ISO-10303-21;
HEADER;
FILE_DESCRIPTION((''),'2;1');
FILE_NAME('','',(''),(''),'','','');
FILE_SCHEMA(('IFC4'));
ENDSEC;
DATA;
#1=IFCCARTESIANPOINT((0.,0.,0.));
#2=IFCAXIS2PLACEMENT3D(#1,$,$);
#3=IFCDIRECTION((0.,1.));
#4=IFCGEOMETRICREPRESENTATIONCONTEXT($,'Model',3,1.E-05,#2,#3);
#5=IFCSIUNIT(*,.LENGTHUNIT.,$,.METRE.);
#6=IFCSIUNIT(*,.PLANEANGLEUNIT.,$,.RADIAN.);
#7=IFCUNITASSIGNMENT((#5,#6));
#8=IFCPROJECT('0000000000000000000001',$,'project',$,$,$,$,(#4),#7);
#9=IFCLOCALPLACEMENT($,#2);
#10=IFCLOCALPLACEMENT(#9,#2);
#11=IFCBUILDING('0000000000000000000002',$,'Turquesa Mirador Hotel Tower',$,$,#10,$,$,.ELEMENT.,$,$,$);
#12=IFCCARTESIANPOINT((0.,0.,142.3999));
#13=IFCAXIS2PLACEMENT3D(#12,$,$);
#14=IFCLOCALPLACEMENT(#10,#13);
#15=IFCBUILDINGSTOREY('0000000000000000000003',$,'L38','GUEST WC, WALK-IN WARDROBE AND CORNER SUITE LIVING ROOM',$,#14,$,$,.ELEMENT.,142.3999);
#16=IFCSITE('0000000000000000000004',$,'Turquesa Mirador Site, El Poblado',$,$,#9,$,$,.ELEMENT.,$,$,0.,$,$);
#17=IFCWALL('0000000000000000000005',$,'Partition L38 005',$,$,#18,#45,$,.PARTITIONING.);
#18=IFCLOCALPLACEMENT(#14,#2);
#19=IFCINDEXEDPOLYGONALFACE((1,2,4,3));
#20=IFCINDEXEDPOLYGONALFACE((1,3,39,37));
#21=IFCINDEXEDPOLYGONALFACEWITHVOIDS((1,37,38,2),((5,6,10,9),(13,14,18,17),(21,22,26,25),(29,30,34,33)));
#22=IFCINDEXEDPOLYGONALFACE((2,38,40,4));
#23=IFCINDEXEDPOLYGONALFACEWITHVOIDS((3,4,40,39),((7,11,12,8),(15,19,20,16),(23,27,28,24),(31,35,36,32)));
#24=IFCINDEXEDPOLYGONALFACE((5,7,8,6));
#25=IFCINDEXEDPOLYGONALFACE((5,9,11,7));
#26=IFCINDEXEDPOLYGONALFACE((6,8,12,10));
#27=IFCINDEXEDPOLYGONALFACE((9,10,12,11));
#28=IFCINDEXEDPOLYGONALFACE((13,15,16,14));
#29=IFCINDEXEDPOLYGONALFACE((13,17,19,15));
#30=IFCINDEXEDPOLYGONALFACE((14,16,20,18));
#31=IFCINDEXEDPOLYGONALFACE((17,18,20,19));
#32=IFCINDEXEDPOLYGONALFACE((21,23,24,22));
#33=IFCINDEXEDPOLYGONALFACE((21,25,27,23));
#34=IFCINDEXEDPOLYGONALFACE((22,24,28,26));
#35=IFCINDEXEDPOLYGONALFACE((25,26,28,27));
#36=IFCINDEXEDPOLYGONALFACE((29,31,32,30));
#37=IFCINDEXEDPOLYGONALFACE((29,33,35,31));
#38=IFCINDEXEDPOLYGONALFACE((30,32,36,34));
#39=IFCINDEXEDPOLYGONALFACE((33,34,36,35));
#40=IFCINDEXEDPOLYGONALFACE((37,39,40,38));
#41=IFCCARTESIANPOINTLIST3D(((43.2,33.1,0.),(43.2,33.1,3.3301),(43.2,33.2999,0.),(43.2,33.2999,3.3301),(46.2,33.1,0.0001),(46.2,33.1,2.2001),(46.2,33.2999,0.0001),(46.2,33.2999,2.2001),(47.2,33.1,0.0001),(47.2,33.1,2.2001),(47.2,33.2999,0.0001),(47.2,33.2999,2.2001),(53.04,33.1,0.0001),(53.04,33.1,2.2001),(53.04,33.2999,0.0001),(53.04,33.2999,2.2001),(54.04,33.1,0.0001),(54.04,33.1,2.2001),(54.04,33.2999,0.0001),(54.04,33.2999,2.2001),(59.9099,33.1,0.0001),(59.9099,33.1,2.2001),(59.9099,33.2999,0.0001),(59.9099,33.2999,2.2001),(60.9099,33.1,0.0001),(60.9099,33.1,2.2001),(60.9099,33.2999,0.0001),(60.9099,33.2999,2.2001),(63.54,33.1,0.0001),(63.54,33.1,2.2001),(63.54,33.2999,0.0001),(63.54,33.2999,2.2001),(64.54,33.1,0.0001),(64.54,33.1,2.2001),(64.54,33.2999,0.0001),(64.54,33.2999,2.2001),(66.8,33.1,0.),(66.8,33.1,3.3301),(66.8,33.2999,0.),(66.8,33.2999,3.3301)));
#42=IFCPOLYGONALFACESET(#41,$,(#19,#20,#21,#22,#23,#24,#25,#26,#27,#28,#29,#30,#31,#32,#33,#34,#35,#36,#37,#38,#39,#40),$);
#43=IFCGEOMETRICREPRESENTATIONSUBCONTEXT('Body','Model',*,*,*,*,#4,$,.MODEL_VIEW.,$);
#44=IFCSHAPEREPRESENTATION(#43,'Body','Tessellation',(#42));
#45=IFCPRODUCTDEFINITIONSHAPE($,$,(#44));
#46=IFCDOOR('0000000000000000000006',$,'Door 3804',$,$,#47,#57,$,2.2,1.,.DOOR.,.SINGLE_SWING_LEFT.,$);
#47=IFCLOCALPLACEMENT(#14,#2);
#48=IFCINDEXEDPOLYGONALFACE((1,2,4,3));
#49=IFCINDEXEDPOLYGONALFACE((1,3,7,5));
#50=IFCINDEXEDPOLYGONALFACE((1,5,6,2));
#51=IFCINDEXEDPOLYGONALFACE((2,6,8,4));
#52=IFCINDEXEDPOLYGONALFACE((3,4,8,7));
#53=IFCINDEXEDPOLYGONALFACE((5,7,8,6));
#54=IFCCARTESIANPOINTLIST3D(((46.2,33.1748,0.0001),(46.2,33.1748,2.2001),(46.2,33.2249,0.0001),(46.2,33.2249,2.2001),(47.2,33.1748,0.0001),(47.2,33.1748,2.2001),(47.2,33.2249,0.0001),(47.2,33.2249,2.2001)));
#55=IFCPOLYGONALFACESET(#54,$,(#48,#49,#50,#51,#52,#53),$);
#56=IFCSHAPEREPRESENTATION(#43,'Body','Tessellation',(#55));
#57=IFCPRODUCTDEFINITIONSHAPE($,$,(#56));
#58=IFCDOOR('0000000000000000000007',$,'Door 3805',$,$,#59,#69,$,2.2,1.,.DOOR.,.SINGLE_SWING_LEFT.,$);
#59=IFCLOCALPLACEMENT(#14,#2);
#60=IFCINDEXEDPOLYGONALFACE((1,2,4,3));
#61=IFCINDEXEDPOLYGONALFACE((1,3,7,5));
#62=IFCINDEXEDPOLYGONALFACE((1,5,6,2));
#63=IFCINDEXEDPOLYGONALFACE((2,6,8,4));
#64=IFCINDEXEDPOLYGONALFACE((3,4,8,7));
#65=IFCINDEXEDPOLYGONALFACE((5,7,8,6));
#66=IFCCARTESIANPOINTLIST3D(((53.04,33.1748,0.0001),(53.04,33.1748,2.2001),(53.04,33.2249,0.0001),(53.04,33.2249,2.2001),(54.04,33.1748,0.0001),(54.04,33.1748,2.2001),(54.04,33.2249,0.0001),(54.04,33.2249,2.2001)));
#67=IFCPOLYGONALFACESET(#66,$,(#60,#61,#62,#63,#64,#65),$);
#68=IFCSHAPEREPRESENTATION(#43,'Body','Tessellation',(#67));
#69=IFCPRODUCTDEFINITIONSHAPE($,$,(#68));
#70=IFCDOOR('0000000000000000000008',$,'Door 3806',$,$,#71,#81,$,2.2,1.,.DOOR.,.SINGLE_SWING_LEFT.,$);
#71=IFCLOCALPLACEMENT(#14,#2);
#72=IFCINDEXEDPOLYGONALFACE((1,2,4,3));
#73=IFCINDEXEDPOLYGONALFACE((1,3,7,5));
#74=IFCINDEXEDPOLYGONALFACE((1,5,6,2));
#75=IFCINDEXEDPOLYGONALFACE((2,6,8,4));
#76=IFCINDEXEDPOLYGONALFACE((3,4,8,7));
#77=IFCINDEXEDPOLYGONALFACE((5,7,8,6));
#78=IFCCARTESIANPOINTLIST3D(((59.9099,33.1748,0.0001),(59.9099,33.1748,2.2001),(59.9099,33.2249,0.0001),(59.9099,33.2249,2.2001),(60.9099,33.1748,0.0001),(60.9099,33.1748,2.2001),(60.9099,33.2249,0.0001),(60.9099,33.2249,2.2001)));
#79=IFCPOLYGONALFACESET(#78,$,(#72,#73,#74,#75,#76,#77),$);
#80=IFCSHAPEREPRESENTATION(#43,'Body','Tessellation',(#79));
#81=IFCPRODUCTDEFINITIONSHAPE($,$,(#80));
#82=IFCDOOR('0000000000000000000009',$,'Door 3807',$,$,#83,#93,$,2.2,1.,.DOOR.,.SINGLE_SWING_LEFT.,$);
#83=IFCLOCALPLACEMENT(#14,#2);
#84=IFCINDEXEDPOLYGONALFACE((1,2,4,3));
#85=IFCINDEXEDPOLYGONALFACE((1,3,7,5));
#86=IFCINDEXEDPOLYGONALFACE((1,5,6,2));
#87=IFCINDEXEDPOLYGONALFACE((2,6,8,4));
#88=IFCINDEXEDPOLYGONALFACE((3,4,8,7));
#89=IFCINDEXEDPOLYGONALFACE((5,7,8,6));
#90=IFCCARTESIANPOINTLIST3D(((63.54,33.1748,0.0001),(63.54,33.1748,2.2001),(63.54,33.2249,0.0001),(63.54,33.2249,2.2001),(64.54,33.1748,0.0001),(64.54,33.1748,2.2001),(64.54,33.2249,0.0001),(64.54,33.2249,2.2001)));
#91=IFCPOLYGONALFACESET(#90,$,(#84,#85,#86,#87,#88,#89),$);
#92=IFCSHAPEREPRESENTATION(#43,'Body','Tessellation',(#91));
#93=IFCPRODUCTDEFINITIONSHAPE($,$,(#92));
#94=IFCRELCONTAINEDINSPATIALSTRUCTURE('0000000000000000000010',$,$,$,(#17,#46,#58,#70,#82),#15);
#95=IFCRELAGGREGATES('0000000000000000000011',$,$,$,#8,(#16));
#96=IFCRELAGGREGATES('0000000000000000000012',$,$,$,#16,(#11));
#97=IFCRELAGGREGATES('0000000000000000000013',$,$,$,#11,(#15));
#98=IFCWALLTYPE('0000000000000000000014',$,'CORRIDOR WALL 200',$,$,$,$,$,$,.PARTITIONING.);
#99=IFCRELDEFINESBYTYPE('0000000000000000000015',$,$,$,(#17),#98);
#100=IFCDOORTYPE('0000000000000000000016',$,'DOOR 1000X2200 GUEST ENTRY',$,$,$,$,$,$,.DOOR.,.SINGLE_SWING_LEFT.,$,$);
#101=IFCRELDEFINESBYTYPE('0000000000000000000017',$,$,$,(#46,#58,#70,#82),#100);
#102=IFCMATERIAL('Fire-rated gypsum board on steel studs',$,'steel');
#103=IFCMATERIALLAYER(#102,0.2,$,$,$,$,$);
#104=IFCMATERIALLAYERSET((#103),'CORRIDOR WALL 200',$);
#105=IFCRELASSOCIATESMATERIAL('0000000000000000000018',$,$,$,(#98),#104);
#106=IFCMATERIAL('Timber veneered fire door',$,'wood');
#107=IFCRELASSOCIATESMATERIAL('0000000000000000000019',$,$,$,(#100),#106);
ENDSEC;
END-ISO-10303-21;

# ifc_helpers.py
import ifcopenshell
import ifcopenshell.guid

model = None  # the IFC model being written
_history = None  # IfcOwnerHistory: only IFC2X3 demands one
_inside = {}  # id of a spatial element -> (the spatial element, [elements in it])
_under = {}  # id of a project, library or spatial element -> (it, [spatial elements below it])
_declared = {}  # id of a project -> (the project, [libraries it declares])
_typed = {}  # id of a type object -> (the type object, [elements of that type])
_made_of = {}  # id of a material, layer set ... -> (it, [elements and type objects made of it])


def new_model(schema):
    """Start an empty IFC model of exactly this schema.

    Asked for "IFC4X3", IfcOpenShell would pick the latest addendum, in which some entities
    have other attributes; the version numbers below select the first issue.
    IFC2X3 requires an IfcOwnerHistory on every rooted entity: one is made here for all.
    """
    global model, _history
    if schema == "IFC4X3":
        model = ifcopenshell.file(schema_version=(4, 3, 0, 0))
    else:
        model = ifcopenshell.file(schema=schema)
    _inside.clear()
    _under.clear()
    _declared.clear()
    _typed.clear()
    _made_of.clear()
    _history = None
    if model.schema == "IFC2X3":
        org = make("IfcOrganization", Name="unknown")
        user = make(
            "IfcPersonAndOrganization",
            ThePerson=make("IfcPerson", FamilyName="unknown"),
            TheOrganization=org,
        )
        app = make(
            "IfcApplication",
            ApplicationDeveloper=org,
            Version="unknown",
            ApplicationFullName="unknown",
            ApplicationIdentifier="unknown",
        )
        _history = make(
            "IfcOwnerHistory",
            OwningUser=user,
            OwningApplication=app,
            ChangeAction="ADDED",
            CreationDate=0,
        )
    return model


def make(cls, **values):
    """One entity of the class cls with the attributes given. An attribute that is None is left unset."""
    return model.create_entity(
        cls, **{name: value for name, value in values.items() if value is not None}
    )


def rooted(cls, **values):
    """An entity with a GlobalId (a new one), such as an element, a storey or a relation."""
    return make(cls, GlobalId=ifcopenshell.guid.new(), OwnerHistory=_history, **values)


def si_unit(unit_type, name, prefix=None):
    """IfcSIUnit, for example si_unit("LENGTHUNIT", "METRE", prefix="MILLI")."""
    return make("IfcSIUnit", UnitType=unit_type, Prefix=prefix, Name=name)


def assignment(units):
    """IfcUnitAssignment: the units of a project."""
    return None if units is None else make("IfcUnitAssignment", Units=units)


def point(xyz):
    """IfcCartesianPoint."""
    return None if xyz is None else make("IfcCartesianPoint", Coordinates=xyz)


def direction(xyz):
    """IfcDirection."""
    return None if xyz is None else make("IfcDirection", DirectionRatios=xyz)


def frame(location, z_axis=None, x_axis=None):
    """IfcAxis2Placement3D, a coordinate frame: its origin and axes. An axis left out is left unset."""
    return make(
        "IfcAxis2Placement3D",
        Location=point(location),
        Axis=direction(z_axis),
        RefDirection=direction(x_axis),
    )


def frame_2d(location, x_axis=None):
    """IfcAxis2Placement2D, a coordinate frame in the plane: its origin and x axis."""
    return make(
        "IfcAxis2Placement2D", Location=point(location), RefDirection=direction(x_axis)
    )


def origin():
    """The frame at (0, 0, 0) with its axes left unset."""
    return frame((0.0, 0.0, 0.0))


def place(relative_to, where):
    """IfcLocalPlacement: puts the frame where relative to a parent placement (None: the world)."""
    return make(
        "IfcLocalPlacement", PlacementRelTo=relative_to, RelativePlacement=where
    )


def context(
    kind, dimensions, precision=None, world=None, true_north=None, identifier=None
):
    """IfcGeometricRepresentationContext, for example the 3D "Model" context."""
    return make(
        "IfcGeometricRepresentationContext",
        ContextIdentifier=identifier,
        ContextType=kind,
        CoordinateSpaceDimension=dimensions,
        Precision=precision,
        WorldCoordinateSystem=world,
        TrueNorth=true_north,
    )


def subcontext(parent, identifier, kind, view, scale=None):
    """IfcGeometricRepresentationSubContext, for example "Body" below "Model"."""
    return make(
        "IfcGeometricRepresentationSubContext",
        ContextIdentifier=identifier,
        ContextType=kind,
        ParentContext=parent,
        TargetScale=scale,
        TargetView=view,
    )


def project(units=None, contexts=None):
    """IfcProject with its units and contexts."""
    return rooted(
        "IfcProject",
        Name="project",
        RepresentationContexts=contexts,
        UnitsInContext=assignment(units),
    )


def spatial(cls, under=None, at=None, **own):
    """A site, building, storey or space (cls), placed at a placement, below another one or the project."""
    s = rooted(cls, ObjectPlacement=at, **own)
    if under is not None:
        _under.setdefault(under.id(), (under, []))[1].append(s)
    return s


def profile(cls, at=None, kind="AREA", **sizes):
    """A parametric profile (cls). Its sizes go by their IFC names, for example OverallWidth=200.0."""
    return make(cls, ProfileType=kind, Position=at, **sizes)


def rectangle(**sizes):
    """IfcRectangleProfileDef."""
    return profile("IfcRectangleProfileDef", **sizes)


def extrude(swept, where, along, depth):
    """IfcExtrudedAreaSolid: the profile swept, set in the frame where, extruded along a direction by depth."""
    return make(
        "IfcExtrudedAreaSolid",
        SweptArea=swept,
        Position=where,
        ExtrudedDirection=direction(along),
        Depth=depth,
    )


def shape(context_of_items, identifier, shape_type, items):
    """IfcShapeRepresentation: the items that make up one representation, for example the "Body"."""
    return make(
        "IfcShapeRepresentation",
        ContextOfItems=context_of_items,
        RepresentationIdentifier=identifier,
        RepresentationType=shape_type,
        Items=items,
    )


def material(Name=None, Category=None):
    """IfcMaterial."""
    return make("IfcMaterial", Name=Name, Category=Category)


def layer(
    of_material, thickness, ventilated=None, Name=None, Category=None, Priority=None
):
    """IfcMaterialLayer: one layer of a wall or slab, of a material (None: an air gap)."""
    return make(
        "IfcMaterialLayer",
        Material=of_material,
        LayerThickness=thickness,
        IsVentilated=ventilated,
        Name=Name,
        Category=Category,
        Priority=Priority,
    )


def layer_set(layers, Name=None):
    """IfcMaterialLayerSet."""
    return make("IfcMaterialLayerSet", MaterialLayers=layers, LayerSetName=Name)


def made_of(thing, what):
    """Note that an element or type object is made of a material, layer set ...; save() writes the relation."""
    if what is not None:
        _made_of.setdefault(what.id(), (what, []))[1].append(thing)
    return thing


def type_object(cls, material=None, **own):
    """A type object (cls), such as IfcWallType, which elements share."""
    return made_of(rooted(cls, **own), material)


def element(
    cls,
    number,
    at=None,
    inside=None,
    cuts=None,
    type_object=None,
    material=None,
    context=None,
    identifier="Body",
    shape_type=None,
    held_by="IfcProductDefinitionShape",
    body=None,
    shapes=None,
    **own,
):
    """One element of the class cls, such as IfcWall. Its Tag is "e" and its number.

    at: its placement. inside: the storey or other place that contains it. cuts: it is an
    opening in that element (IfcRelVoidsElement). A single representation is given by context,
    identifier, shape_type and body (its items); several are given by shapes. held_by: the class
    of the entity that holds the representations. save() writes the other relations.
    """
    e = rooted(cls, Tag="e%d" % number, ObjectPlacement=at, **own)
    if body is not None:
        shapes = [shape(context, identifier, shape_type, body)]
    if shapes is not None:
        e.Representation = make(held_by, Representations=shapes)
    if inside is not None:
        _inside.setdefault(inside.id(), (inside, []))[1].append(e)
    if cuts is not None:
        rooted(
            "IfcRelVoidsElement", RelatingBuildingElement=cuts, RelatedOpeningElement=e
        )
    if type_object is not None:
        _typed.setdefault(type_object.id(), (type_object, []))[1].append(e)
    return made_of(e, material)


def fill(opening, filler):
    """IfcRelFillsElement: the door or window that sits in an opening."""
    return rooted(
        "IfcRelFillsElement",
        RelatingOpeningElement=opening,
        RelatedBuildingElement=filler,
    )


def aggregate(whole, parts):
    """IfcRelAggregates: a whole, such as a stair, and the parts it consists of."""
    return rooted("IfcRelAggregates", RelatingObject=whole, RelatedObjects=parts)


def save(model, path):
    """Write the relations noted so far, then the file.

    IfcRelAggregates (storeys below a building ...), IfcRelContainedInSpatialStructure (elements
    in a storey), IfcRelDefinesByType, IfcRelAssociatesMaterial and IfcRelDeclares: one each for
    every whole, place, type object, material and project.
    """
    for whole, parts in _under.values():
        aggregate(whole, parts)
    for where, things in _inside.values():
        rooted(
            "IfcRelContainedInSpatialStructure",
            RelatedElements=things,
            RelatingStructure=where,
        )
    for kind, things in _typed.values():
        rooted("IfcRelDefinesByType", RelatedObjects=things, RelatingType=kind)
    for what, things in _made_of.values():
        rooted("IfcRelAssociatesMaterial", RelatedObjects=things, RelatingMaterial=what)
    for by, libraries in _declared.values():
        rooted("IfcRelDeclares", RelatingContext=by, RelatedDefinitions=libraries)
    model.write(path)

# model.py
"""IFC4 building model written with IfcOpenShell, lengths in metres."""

from ifc_helpers import new_model, si_unit, direction, frame, frame_2d, origin, place, context, subcontext, project, spatial, rectangle, extrude, material, layer, layer_set, type_object, element, fill, save


model = new_model("IFC4")

# Units and contexts
model_context = context("Model", 3, precision=1e-05, world=origin(), true_north=direction((0.0, 1.0)))
body_context = subcontext(model_context, "Body", "Model", "MODEL_VIEW")
ifc_project = project(units=[si_unit("LENGTHUNIT", "METRE"), si_unit("PLANEANGLEUNIT", "RADIAN")], contexts=[model_context])

# Site, building, storey
site_placement = place(None, origin())
site = spatial("IfcSite", under=ifc_project, at=site_placement, Name="Turquesa Mirador Site, El Poblado", CompositionType="ELEMENT", RefElevation=0.0)
building_placement = place(site_placement, origin())
building = spatial("IfcBuilding", under=site, at=building_placement, Name="Turquesa Mirador Hotel Tower", CompositionType="ELEMENT")
storey_placement = place(building_placement, frame((0.0, 0.0, 142.3999)))
storey = spatial("IfcBuildingStorey", under=building, at=storey_placement, Name="L38", Description="GUEST WC, WALK-IN WARDROBE AND CORNER SUITE LIVING ROOM", CompositionType="ELEMENT", Elevation=142.3999)

# Wall, openings, doors
ifc_material_1 = material(Name="Fire-rated gypsum board on steel studs", Category="steel")
ifc_layer_1 = layer(ifc_material_1, 0.2)
ifc_layer_set_1 = layer_set([ifc_layer_1], Name="CORRIDOR WALL 200")
wall_type_1 = type_object("IfcWallType", Name="CORRIDOR WALL 200", PredefinedType="PARTITIONING", material=ifc_layer_set_1)
wall_1_placement = place(storey_placement, frame((43.2, 33.2, 0.0), z_axis=(0.0, 0.0, 1.0), x_axis=(1.0, 0.0, 0.0)))
wall_1 = element("IfcWall", 1, at=wall_1_placement, inside=storey, type_object=wall_type_1, Name="Partition L38 005", PredefinedType="PARTITIONING", context=body_context, shape_type="SweptSolid", body=[
    extrude(rectangle(XDim=23.6001, YDim=0.2, at=frame_2d((11.8, 0.0))), origin(), (0.0, 0.0, 1.0), 3.3301),
])
opening_1_placement = place(wall_1_placement, frame((3.0, 0.0, 0.0)))
opening_1 = element("IfcOpeningElement", 2, at=opening_1_placement, cuts=wall_1, PredefinedType="OPENING", context=body_context, shape_type="SweptSolid", body=[
    extrude(rectangle(XDim=1.0, YDim=2.2, at=frame_2d((0.5, 1.1001))), frame((0.0, 0.1099, 0.0), z_axis=(0.0, -1.0, 0.0), x_axis=(1.0, 0.0, 0.0)), (0.0, 0.0, 1.0), 0.22),
])
opening_2_placement = place(wall_1_placement, frame((9.8401, 0.0, 0.0)))
opening_2 = element("IfcOpeningElement", 3, at=opening_2_placement, cuts=wall_1, PredefinedType="OPENING", context=body_context, shape_type="SweptSolid", body=[
    extrude(rectangle(XDim=1.0, YDim=2.2, at=frame_2d((0.5, 1.1001))), frame((0.0, 0.1099, 0.0), z_axis=(0.0, -1.0, 0.0), x_axis=(1.0, 0.0, 0.0)), (0.0, 0.0, 1.0), 0.22),
])
opening_3_placement = place(wall_1_placement, frame((16.71, 0.0, 0.0)))
opening_3 = element("IfcOpeningElement", 4, at=opening_3_placement, cuts=wall_1, PredefinedType="OPENING", context=body_context, shape_type="SweptSolid", body=[
    extrude(rectangle(XDim=1.0, YDim=2.2, at=frame_2d((0.5, 1.1001))), frame((0.0, 0.1099, 0.0), z_axis=(0.0, -1.0, 0.0), x_axis=(1.0, 0.0, 0.0)), (0.0, 0.0, 1.0), 0.22),
])
opening_4_placement = place(wall_1_placement, frame((20.3401, 0.0, 0.0)))
opening_4 = element("IfcOpeningElement", 5, at=opening_4_placement, cuts=wall_1, PredefinedType="OPENING", context=body_context, shape_type="SweptSolid", body=[
    extrude(rectangle(XDim=1.0, YDim=2.2, at=frame_2d((0.5, 1.1001))), frame((0.0, 0.1099, 0.0), z_axis=(0.0, -1.0, 0.0), x_axis=(1.0, 0.0, 0.0)), (0.0, 0.0, 1.0), 0.22),
])
ifc_material_2 = material(Name="Timber veneered fire door", Category="wood")
door_type_1 = type_object("IfcDoorType", Name="DOOR 1000X2200 GUEST ENTRY", OperationType="SINGLE_SWING_LEFT", PredefinedType="DOOR", material=ifc_material_2)
door_1_placement = place(opening_1_placement, origin())
door_1 = element("IfcDoor", 6, at=door_1_placement, inside=storey, type_object=door_type_1, Name="Door 3804", OperationType="SINGLE_SWING_LEFT", OverallHeight=2.2, OverallWidth=1.0, PredefinedType="DOOR", context=body_context, shape_type="SweptSolid", body=[
    extrude(rectangle(XDim=1.0, YDim=2.2, at=frame_2d((0.5, 1.1001))), frame((0.0, 0.0249, 0.0), z_axis=(0.0, -1.0, 0.0), x_axis=(1.0, 0.0, 0.0)), (0.0, 0.0, 1.0), 0.05),
])
fill(opening_1, door_1)
door_2_placement = place(opening_2_placement, origin())
door_2 = element("IfcDoor", 7, at=door_2_placement, inside=storey, type_object=door_type_1, Name="Door 3805", OperationType="SINGLE_SWING_LEFT", OverallHeight=2.2, OverallWidth=1.0, PredefinedType="DOOR", context=body_context, shape_type="SweptSolid", body=[
    extrude(rectangle(XDim=1.0, YDim=2.2, at=frame_2d((0.5, 1.1001))), frame((0.0, 0.0249, 0.0), z_axis=(0.0, -1.0, 0.0), x_axis=(1.0, 0.0, 0.0)), (0.0, 0.0, 1.0), 0.05),
])
fill(opening_2, door_2)
door_3_placement = place(opening_3_placement, origin())
door_3 = element("IfcDoor", 8, at=door_3_placement, inside=storey, type_object=door_type_1, Name="Door 3806", OperationType="SINGLE_SWING_LEFT", OverallHeight=2.2, OverallWidth=1.0, PredefinedType="DOOR", context=body_context, shape_type="SweptSolid", body=[
    extrude(rectangle(XDim=1.0, YDim=2.2, at=frame_2d((0.5, 1.1001))), frame((0.0, 0.0249, 0.0), z_axis=(0.0, -1.0, 0.0), x_axis=(1.0, 0.0, 0.0)), (0.0, 0.0, 1.0), 0.05),
])
fill(opening_3, door_3)
door_4_placement = place(opening_4_placement, origin())
door_4 = element("IfcDoor", 9, at=door_4_placement, inside=storey, type_object=door_type_1, Name="Door 3807", OperationType="SINGLE_SWING_LEFT", OverallHeight=2.2, OverallWidth=1.0, PredefinedType="DOOR", context=body_context, shape_type="SweptSolid", body=[
    extrude(rectangle(XDim=1.0, YDim=2.2, at=frame_2d((0.5, 1.1001))), frame((0.0, 0.0249, 0.0), z_axis=(0.0, -1.0, 0.0), x_axis=(1.0, 0.0, 0.0)), (0.0, 0.0, 1.0), 0.05),
])
fill(opening_4, door_4)

save(model, "model.ifc")
